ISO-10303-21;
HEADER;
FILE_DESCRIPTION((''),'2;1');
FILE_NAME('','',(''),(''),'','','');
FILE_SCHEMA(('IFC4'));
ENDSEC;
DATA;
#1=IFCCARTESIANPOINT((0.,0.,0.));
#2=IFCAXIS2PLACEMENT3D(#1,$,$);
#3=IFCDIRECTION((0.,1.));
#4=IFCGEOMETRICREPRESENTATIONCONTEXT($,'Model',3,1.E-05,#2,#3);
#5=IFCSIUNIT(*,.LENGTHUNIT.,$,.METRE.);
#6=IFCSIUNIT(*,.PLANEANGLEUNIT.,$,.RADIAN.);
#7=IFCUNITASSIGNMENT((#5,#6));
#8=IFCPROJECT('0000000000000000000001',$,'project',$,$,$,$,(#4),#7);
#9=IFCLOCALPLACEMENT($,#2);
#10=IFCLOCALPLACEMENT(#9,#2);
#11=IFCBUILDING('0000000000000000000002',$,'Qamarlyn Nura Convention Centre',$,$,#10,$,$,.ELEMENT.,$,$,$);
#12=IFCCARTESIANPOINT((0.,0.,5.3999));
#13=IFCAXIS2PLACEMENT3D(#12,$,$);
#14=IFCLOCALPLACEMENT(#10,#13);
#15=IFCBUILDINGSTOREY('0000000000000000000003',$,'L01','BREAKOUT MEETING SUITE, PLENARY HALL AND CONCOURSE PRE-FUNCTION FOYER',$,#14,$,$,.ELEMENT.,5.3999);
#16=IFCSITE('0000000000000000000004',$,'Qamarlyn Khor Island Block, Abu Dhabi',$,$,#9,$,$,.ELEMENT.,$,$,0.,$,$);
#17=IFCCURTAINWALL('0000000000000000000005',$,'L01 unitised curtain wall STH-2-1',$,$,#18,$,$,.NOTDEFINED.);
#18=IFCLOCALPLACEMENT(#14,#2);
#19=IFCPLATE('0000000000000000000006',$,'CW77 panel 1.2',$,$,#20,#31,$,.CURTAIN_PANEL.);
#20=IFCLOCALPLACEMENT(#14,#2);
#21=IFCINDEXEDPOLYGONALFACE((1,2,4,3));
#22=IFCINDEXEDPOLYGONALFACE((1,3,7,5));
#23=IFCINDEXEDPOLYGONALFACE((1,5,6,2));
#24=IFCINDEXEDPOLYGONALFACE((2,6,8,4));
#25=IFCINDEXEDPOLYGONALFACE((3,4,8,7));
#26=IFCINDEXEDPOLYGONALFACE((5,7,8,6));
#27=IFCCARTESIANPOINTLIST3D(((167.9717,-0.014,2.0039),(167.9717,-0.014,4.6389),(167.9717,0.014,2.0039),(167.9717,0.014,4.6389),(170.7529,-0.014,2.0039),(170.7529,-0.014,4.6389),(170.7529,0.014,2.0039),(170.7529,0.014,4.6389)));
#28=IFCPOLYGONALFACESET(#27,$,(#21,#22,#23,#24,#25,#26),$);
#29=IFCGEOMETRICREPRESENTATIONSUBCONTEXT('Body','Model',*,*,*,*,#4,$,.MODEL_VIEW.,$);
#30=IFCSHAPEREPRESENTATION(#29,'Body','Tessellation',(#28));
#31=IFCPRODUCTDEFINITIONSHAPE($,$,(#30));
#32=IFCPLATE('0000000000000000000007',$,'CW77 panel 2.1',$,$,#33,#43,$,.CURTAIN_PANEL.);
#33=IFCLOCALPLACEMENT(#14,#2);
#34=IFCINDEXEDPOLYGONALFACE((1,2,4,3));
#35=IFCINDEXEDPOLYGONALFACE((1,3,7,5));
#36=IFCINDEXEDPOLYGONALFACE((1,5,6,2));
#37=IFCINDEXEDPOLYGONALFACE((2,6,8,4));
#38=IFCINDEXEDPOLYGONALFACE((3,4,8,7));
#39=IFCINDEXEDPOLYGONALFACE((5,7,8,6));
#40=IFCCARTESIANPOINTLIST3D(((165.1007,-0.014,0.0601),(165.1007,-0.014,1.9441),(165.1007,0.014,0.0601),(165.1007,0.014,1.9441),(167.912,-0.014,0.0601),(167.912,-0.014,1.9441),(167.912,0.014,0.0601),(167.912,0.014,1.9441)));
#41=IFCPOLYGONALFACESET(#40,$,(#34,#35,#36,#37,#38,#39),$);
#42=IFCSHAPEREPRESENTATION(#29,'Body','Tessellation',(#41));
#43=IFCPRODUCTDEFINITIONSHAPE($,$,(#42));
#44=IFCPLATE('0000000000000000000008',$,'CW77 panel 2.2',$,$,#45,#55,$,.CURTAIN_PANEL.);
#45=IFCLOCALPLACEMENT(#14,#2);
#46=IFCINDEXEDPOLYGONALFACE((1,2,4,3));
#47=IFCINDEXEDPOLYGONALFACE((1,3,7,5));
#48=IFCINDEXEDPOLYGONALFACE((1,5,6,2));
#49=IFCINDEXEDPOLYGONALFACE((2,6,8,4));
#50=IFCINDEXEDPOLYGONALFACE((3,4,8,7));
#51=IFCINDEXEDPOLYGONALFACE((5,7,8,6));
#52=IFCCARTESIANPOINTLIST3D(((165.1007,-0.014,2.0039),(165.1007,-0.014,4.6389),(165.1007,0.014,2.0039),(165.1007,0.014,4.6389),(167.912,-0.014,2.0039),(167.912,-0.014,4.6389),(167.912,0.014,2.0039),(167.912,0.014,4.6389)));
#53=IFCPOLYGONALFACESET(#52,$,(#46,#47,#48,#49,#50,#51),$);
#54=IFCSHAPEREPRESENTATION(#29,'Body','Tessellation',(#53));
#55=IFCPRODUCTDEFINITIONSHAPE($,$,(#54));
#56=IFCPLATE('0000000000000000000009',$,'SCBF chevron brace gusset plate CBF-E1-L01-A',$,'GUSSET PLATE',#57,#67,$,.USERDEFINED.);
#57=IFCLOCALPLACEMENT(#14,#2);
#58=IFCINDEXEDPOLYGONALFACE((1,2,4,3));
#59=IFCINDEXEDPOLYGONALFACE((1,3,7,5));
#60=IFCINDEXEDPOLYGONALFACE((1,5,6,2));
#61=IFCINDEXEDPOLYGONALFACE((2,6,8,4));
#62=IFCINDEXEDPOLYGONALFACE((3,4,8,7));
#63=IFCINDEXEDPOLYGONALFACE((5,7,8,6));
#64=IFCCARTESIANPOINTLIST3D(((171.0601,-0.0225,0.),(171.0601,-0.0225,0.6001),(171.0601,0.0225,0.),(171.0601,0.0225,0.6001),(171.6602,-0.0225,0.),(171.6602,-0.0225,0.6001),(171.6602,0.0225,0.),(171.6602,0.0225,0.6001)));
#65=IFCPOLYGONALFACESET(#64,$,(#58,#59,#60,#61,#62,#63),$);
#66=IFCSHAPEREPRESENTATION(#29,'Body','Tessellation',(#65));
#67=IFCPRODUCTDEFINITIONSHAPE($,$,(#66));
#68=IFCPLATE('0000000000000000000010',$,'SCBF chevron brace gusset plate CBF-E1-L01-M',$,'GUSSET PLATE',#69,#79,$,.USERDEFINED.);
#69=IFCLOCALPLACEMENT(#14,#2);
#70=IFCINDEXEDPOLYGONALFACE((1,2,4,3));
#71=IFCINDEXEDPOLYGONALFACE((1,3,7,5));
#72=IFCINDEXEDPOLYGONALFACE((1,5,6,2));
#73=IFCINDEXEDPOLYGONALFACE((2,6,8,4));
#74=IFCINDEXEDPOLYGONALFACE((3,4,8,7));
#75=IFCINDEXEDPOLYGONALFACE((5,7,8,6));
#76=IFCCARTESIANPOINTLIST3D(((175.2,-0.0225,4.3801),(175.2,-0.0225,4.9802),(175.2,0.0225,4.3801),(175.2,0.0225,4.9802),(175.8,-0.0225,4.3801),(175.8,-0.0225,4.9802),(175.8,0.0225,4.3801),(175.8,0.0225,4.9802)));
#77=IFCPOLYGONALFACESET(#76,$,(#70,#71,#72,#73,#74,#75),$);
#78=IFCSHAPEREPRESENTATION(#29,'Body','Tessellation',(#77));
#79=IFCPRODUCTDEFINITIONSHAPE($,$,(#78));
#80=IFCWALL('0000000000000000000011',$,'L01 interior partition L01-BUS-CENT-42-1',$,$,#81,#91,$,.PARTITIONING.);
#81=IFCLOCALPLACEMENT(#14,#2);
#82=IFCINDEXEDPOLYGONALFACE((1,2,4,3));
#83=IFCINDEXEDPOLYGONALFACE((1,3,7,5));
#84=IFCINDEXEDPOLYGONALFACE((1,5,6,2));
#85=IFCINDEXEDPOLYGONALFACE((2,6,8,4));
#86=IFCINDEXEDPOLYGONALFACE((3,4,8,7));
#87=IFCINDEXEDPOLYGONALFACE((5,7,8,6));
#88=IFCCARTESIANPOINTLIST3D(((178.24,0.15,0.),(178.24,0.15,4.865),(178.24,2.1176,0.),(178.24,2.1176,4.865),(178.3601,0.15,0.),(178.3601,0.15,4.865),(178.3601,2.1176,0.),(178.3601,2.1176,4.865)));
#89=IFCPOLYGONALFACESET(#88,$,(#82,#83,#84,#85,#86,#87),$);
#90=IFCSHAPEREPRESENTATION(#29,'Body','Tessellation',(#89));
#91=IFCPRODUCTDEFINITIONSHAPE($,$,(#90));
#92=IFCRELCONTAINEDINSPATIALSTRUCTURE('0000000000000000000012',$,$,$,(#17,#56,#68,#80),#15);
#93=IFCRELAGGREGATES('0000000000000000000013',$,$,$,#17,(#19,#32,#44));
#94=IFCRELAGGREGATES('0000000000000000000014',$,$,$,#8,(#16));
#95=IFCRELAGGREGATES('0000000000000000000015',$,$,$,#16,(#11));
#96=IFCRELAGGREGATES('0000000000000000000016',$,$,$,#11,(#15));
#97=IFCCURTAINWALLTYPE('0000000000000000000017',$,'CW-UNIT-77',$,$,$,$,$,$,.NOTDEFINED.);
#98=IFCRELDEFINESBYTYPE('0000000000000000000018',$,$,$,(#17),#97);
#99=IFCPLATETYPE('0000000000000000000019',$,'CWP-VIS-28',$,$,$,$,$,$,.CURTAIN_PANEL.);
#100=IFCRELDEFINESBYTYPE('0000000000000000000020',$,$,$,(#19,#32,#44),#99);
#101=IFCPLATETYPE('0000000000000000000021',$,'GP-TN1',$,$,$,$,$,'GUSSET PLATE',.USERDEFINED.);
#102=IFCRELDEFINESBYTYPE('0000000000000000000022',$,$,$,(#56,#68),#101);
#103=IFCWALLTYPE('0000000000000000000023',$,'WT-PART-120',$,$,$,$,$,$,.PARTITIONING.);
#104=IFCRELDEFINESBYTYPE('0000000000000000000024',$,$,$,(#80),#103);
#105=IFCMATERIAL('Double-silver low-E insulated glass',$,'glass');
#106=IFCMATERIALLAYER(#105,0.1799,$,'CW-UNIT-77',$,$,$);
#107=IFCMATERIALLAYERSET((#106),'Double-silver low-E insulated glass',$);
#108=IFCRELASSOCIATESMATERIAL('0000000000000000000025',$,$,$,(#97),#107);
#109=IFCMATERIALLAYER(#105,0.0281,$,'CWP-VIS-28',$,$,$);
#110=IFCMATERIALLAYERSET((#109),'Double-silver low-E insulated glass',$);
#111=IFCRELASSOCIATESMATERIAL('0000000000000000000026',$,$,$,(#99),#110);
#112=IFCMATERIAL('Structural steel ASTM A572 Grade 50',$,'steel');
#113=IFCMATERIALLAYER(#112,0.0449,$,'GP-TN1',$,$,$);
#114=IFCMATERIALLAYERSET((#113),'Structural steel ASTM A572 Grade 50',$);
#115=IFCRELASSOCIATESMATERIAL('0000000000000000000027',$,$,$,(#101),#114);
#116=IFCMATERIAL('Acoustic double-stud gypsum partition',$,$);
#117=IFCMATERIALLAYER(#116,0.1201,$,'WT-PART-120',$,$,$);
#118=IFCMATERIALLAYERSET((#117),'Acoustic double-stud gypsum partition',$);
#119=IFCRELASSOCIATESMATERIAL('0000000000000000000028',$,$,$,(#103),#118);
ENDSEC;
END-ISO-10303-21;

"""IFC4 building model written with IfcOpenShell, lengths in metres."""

from ifc_helpers import new_model, si_unit, direction, frame, frame_2d, origin, origin_2d, place, context, subcontext, project, spatial, rectangle, extrude, material, layer, layer_set, type_object, element, aggregate, save


model = new_model("IFC4")

# Units and contexts
model_context = context("Model", 3, precision=1e-05, world=origin(), true_north=direction((0.0, 1.0)))
body_context = subcontext(model_context, "Body", "Model", "MODEL_VIEW")
ifc_project = project(units=[si_unit("LENGTHUNIT", "METRE"), si_unit("PLANEANGLEUNIT", "RADIAN")], contexts=[model_context])

# Site, building, storey
site_placement = place(None, origin())
site = spatial("IfcSite", under=ifc_project, at=site_placement, Name="Qamarlyn Khor Island Block, Abu Dhabi", CompositionType="ELEMENT", RefElevation=0.0)
building_placement = place(site_placement, origin())
building = spatial("IfcBuilding", under=site, at=building_placement, Name="Qamarlyn Nura Convention Centre", CompositionType="ELEMENT")
storey_placement = place(building_placement, frame((0.0, 0.0, 5.3999)))
storey = spatial("IfcBuildingStorey", under=building, at=storey_placement, Name="L01", Description="BREAKOUT MEETING SUITE, PLENARY HALL AND CONCOURSE PRE-FUNCTION FOYER", CompositionType="ELEMENT", Elevation=5.3999)

# Curtain wall, plates
ifc_material_1 = material(Name="Double-silver low-E insulated glass", Category="glass")
ifc_layer_1 = layer(ifc_material_1, 0.1799, Name="CW-UNIT-77")
ifc_layer_set_1 = layer_set([ifc_layer_1], Name="Double-silver low-E insulated glass")
curtain_wall_type = type_object("IfcCurtainWallType", Name="CW-UNIT-77", PredefinedType="NOTDEFINED", material=ifc_layer_set_1)
curtain_wall_placement = place(storey_placement, origin())
curtain_wall = element("IfcCurtainWall", 1, at=curtain_wall_placement, inside=storey, type_object=curtain_wall_type, Name="L01 unitised curtain wall STH-2-1", PredefinedType="NOTDEFINED")
ifc_layer_2 = layer(ifc_material_1, 0.0281, Name="CWP-VIS-28")
ifc_layer_set_2 = layer_set([ifc_layer_2], Name="Double-silver low-E insulated glass")
plate_type_1 = type_object("IfcPlateType", Name="CWP-VIS-28", PredefinedType="CURTAIN_PANEL", material=ifc_layer_set_2)
plate_1_placement = place(storey_placement, frame((169.3623, 0.0, 2.0039), z_axis=(0.0, 0.0, 1.0), x_axis=(-1.0, 0.0, 0.0)))
plate_1 = element("IfcPlate", 2, at=plate_1_placement, type_object=plate_type_1, Name="CW77 panel 1.2", PredefinedType="CURTAIN_PANEL", context=body_context, shape_type="SweptSolid", body=[
    extrude(rectangle(XDim=2.7812, YDim=0.0281, at=origin_2d()), origin(), (0.0, 0.0, 1.0), 2.635),
])
plate_2_placement = place(storey_placement, frame((166.5063, 0.0, 0.0601), z_axis=(0.0, 0.0, 1.0), x_axis=(-1.0, 0.0, 0.0)))
plate_2 = element("IfcPlate", 3, at=plate_2_placement, type_object=plate_type_1, Name="CW77 panel 2.1", PredefinedType="CURTAIN_PANEL", context=body_context, shape_type="SweptSolid", body=[
    extrude(rectangle(XDim=2.8113, YDim=0.0281, at=origin_2d()), origin(), (0.0, 0.0, 1.0), 1.884),
])
plate_3_placement = place(storey_placement, frame((166.5063, 0.0, 2.0039), z_axis=(0.0, 0.0, 1.0), x_axis=(-1.0, 0.0, 0.0)))
plate_3 = element("IfcPlate", 4, at=plate_3_placement, type_object=plate_type_1, Name="CW77 panel 2.2", PredefinedType="CURTAIN_PANEL", context=body_context, shape_type="SweptSolid", body=[
    extrude(rectangle(XDim=2.8113, YDim=0.0281, at=origin_2d()), origin(), (0.0, 0.0, 1.0), 2.635),
])
aggregate(curtain_wall, [plate_1, plate_2, plate_3])

# Plates
ifc_material_2 = material(Name="Structural steel ASTM A572 Grade 50", Category="steel")
ifc_layer_3 = layer(ifc_material_2, 0.0449, Name="GP-TN1")
ifc_layer_set_3 = layer_set([ifc_layer_3], Name="Structural steel ASTM A572 Grade 50")
plate_type_2 = type_object("IfcPlateType", Name="GP-TN1", ElementType="GUSSET PLATE", PredefinedType="USERDEFINED", material=ifc_layer_set_3)
for number, where, z_axis, x_axis, name in (
    (5, (171.3601, 0.0, 0.0), (0.0, 0.0, 1.0), (1.0, 0.0, 0.0), "SCBF chevron brace gusset plate CBF-E1-L01-A"),
    (6, (175.5, 0.0, 4.3801), (0.0, 0.0, 1.0), (1.0, 0.0, 0.0), "SCBF chevron brace gusset plate CBF-E1-L01-M"),
):
    element("IfcPlate", number, at=place(storey_placement, frame(where, z_axis=z_axis, x_axis=x_axis)), inside=storey, type_object=plate_type_2, Name=name, ObjectType="GUSSET PLATE", PredefinedType="USERDEFINED", context=body_context, shape_type="SweptSolid", body=[
        extrude(rectangle(XDim=0.6001, YDim=0.0449, at=origin_2d()), origin(), (0.0, 0.0, 1.0), 0.6001),
    ])

# Wall
ifc_material_3 = material(Name="Acoustic double-stud gypsum partition")
ifc_layer_4 = layer(ifc_material_3, 0.1201, Name="WT-PART-120")
ifc_layer_set_4 = layer_set([ifc_layer_4], Name="Acoustic double-stud gypsum partition")
wall_type = type_object("IfcWallType", Name="WT-PART-120", PredefinedType="PARTITIONING", material=ifc_layer_set_4)
wall_placement = place(storey_placement, frame((178.3, 0.1499, 0.0), z_axis=(0.0, 0.0, 1.0), x_axis=(0.0, 1.0, 0.0)))
element("IfcWall", 7, at=wall_placement, inside=storey, type_object=wall_type, Name="L01 interior partition L01-BUS-CENT-42-1", PredefinedType="PARTITIONING", context=body_context, shape_type="SweptSolid", body=[
    extrude(rectangle(XDim=1.9675, YDim=0.1201, at=frame_2d((0.9839, 0.0))), origin(), (0.0, 0.0, 1.0), 4.865),
])

save(model, "model.ifc")
